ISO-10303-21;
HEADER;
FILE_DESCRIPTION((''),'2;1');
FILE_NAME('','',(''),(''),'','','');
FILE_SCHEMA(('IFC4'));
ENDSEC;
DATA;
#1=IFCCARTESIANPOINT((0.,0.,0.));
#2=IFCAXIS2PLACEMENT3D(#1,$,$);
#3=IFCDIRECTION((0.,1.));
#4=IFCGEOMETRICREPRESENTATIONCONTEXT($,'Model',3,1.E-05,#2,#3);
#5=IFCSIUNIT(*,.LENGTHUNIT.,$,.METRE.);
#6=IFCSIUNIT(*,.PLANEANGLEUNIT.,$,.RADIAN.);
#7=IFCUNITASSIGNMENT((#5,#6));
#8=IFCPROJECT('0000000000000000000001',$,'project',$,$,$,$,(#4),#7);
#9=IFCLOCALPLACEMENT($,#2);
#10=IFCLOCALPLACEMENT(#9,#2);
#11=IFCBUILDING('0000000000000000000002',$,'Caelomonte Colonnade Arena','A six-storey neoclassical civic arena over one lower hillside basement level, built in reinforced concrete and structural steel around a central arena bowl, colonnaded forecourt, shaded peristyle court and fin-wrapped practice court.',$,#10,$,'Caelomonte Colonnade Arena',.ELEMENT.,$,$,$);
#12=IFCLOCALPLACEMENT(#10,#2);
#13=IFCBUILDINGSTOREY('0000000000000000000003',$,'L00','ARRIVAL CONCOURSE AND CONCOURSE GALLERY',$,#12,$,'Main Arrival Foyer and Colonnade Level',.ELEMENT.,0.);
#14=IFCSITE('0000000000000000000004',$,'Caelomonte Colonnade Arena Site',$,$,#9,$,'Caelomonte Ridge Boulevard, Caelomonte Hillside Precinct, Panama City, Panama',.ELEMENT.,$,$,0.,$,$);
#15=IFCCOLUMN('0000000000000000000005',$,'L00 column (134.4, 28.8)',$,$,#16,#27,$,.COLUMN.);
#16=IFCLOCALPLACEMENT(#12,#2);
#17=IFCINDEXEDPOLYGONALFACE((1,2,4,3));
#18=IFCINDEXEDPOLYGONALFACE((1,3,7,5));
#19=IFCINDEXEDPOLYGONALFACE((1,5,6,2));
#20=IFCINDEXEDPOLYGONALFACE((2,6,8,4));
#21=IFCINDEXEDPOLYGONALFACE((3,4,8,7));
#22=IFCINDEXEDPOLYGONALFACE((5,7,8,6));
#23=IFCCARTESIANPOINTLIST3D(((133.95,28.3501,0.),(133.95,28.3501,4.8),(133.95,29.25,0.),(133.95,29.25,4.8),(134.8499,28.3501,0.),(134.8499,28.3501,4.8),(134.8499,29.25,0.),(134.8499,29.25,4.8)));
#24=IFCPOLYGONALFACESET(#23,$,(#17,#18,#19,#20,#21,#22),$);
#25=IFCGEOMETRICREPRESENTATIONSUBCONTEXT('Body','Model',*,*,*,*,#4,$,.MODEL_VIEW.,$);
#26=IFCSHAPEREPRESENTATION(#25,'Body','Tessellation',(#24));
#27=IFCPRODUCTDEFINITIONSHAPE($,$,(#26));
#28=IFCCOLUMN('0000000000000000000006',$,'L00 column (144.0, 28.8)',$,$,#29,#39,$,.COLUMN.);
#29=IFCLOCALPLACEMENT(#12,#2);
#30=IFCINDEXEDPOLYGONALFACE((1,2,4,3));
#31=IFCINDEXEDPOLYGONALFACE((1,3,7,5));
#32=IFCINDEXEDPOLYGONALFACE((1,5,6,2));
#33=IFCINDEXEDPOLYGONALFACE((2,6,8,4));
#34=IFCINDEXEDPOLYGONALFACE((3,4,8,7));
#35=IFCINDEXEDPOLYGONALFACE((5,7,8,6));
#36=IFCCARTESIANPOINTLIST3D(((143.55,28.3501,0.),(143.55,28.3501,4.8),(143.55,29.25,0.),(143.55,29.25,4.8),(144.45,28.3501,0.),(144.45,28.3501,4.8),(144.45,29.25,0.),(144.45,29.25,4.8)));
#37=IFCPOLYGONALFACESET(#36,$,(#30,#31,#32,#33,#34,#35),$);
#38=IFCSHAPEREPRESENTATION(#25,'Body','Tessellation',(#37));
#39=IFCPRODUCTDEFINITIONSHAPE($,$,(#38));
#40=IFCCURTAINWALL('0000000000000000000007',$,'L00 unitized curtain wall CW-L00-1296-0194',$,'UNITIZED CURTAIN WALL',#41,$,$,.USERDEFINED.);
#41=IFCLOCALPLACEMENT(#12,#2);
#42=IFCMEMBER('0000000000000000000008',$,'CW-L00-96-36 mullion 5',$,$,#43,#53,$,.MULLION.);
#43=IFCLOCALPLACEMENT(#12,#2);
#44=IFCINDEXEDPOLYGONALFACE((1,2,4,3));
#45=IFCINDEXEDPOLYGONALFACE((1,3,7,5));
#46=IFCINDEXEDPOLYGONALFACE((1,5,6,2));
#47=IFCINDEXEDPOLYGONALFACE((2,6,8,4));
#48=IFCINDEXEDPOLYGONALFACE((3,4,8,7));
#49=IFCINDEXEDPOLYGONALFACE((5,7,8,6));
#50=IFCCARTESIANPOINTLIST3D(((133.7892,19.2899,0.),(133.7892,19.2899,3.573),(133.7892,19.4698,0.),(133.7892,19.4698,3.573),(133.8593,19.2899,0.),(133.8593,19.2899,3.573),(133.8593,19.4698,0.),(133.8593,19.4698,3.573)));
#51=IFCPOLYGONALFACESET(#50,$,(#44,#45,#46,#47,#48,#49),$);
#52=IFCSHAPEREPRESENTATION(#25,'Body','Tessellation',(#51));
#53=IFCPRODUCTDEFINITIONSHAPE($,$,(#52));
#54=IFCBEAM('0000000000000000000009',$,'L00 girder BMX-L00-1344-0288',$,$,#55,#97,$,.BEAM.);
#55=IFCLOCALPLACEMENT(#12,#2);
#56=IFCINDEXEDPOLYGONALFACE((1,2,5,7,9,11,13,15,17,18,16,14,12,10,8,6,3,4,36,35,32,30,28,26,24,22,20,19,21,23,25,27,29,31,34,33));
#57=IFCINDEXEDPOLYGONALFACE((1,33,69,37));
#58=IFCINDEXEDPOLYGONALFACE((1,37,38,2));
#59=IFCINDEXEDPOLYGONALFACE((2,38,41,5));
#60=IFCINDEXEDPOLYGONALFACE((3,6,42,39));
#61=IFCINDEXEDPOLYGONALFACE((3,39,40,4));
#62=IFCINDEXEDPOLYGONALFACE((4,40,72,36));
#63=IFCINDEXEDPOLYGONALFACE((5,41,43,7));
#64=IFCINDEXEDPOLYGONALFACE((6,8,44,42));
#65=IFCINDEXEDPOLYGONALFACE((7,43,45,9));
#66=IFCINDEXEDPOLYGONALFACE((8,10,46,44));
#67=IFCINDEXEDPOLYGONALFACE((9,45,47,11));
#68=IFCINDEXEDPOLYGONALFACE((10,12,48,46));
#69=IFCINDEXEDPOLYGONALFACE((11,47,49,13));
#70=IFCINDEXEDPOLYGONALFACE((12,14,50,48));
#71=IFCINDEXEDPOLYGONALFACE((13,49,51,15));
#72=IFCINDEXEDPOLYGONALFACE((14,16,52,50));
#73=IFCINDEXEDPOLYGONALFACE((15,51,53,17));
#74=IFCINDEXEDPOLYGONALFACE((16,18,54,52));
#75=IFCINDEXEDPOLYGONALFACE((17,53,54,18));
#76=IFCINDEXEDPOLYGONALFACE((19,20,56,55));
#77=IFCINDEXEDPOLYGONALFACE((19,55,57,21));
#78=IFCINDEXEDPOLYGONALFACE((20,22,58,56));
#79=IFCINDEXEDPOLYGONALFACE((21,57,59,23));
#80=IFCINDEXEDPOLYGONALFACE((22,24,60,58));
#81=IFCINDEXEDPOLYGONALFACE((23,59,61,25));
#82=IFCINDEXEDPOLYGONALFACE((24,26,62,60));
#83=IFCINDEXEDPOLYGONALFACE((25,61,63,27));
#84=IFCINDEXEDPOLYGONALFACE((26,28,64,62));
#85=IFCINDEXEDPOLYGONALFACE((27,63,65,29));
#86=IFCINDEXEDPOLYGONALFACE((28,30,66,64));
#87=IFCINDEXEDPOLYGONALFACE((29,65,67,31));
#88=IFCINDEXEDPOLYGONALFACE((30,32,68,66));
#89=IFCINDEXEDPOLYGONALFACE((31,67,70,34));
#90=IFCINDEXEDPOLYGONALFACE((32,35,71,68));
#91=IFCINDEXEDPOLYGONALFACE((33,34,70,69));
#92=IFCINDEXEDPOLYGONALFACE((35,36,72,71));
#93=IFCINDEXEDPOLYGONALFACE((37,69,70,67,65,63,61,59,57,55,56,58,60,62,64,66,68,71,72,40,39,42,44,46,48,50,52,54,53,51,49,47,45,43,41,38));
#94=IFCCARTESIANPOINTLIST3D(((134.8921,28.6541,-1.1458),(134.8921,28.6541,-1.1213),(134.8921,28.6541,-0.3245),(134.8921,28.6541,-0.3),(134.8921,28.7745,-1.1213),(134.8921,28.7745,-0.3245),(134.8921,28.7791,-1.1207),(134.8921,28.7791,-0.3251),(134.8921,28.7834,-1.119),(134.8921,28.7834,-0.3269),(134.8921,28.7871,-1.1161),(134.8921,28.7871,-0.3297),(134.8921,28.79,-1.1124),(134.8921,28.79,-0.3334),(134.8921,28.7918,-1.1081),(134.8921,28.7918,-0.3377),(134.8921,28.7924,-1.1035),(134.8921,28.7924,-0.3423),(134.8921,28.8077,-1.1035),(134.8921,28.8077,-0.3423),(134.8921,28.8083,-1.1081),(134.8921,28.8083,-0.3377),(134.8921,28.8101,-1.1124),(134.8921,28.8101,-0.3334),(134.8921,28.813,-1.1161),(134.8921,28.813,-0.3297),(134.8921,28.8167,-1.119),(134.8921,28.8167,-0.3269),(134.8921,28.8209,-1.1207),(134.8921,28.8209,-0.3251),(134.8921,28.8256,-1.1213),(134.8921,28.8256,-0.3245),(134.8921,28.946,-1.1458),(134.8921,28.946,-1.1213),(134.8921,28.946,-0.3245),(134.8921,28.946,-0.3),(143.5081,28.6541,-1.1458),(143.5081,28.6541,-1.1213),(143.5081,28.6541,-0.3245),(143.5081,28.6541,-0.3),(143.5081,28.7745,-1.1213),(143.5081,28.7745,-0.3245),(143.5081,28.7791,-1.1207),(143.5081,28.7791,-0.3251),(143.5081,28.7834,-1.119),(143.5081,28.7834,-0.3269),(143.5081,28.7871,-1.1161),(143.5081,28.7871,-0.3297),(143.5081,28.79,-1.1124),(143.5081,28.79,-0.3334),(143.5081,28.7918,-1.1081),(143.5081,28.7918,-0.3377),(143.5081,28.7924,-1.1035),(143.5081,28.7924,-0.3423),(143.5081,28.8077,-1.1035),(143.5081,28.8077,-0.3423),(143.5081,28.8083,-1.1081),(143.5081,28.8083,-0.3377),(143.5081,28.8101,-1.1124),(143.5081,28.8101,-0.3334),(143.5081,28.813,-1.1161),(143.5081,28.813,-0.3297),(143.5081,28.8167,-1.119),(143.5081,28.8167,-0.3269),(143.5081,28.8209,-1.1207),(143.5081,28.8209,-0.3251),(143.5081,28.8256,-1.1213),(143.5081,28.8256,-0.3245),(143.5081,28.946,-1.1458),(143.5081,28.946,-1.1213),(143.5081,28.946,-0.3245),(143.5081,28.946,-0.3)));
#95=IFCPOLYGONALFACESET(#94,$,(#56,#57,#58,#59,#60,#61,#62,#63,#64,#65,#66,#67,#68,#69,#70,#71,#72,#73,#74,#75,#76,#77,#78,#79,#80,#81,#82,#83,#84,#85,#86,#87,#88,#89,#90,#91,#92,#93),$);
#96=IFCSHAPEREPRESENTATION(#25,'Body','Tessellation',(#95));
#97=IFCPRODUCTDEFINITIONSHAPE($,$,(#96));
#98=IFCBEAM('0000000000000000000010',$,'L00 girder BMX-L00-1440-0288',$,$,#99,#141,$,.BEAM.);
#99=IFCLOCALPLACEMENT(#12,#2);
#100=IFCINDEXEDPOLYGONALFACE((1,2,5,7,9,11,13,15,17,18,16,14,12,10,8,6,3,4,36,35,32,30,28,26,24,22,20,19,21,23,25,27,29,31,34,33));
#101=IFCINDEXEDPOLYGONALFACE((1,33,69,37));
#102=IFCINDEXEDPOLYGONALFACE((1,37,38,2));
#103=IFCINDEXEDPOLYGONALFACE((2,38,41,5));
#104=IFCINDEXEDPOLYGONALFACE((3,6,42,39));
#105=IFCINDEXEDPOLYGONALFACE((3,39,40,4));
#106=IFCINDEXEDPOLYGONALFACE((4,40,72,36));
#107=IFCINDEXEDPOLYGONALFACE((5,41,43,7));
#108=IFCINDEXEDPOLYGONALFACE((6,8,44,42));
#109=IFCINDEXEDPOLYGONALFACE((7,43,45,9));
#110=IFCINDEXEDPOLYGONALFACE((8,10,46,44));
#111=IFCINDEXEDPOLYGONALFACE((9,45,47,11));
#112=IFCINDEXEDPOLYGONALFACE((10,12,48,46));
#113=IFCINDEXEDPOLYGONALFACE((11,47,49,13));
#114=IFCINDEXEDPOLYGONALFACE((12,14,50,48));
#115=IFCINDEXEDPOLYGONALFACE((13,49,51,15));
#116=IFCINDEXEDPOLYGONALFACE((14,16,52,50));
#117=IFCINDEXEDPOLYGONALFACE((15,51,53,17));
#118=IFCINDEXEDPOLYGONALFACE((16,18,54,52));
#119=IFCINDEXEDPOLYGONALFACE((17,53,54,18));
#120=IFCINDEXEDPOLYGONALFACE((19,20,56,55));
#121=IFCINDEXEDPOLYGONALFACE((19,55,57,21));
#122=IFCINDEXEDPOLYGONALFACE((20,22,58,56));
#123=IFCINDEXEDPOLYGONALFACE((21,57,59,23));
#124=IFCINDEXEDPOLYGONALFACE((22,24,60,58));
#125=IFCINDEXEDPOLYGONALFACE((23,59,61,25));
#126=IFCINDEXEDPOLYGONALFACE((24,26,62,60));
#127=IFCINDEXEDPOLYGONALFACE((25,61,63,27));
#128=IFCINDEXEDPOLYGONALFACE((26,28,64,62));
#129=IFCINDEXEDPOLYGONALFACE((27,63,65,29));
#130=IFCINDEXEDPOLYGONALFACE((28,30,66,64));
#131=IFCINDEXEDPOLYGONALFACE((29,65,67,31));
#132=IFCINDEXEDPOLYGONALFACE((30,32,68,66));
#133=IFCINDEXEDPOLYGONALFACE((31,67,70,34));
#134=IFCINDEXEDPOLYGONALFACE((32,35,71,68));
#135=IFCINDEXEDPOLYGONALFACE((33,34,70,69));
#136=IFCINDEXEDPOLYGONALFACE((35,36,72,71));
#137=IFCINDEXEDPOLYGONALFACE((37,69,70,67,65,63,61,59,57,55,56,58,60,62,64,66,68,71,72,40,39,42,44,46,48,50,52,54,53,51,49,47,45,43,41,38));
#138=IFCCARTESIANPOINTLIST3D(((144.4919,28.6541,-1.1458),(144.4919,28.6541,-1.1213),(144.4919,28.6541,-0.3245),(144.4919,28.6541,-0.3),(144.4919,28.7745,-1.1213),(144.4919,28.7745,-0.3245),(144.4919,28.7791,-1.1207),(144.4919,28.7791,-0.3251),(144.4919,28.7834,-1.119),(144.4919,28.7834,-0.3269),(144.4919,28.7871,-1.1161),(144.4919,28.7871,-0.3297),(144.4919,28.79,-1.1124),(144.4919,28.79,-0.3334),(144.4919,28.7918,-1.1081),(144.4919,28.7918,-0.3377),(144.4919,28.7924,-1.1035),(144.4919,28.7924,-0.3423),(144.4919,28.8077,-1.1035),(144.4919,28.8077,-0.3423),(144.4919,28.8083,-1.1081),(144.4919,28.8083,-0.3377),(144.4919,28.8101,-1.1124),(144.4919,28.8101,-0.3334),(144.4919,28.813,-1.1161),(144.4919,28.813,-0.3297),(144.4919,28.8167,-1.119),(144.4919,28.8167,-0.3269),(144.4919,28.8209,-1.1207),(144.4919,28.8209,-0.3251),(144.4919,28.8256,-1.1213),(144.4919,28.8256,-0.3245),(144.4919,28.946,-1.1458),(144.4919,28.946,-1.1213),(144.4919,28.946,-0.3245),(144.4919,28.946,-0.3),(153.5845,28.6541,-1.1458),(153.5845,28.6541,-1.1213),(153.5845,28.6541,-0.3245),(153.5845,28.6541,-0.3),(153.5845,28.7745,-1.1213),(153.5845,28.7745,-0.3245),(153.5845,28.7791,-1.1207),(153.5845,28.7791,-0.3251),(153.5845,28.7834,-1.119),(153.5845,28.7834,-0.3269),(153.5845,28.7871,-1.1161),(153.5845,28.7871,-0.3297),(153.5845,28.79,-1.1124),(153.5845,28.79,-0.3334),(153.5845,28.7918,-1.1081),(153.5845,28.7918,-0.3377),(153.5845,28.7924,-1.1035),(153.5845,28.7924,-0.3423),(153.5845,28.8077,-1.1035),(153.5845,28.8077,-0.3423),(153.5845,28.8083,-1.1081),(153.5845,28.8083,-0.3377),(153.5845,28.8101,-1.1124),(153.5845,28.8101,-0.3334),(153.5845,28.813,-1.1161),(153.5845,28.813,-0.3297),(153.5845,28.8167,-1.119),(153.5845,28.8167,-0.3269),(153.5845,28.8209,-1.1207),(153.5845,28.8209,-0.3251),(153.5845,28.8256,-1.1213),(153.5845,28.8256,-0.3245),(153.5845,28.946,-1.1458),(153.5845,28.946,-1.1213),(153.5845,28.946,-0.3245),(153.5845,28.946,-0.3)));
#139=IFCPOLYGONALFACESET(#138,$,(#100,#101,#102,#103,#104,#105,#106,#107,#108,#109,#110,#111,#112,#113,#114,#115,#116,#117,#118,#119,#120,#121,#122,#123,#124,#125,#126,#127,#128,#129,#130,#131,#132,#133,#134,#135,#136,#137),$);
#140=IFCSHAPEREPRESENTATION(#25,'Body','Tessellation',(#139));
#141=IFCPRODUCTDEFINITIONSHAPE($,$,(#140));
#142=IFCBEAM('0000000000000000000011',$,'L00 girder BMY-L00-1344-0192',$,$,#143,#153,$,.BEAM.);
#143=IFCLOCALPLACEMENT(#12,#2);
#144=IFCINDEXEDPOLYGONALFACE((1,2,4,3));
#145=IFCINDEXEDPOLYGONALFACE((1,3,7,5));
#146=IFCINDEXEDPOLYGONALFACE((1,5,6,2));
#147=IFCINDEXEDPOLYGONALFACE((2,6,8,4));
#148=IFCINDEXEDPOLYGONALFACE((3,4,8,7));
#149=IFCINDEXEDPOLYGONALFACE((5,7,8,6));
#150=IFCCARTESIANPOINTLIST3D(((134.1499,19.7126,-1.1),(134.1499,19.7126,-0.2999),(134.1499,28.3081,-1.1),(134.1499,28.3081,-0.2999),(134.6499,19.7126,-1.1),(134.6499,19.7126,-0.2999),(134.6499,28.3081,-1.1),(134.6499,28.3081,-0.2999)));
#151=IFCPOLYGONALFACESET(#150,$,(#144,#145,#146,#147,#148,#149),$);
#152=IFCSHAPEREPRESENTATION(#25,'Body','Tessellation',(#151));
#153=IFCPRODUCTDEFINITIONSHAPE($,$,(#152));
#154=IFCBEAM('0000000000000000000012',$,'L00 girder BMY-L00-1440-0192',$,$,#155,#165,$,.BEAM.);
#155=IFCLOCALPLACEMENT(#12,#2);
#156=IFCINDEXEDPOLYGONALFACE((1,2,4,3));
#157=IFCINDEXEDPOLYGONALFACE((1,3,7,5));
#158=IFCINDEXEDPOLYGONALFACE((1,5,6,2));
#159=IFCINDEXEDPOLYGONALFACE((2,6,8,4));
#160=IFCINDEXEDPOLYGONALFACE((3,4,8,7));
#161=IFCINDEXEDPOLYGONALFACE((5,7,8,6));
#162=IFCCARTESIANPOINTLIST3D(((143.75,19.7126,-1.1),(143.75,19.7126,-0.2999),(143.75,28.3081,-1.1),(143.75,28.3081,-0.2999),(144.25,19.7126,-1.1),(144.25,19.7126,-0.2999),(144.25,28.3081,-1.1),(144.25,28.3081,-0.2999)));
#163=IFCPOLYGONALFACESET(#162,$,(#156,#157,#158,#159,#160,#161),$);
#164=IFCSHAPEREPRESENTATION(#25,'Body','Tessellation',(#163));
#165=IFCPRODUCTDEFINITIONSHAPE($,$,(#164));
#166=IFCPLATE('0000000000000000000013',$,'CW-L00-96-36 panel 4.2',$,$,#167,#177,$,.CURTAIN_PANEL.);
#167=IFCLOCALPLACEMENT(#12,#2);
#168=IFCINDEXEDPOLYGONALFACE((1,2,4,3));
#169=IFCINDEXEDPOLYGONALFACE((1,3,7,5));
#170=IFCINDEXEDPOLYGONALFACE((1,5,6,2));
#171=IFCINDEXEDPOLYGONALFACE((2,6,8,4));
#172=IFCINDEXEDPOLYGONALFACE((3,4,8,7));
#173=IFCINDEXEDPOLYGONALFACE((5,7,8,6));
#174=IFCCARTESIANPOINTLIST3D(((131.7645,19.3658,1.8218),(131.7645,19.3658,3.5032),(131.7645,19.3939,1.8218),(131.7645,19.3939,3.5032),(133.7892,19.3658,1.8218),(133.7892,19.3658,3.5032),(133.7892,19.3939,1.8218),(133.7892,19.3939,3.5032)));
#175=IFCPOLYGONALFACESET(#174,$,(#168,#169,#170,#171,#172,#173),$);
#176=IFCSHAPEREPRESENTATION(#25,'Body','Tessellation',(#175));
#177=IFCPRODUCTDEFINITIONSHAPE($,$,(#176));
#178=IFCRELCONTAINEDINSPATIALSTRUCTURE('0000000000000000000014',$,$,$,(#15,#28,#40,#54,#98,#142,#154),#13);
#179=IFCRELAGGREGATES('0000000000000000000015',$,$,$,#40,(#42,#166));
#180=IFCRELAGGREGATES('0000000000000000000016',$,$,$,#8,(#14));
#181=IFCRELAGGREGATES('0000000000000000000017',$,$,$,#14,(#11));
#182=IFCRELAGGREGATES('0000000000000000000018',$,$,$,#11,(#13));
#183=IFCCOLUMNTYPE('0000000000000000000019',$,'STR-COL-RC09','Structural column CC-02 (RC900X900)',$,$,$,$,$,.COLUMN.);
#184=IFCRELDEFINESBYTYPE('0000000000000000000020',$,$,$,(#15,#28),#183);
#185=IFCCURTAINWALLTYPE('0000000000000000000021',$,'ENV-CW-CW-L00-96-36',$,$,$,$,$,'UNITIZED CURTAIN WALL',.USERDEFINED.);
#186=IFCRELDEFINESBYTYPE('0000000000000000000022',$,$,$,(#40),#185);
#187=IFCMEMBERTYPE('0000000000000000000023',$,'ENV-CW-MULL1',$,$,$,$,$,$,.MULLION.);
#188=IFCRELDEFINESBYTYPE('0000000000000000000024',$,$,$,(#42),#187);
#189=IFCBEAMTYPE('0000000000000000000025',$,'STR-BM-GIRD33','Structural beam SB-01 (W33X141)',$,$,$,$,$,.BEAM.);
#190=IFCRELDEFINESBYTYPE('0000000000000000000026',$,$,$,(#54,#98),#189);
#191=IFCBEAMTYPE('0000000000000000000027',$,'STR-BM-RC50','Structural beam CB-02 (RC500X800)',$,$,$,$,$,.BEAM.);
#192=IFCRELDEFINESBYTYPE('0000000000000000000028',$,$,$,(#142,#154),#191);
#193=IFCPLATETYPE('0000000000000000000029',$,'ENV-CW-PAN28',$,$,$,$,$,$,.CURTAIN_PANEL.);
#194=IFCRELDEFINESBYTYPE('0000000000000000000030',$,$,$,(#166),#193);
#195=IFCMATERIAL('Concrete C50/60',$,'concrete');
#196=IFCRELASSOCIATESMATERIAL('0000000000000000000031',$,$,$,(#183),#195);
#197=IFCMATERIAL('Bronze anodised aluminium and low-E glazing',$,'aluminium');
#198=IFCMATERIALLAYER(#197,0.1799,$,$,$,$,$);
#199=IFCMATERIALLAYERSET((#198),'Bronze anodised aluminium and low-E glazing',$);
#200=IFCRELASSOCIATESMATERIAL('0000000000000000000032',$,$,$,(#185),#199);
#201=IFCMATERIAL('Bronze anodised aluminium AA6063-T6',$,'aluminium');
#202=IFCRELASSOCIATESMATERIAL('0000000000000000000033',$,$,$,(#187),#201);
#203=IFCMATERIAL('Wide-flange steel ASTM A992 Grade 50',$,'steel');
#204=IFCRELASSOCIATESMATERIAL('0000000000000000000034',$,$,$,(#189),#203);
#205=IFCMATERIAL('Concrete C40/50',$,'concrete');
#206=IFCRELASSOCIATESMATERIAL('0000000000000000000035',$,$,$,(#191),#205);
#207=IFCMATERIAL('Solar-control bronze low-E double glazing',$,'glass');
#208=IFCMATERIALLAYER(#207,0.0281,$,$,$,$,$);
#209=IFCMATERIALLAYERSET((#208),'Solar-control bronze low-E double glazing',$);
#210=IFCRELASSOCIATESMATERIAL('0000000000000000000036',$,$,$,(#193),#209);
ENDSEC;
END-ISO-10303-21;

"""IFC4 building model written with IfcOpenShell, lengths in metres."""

from ifc_helpers import new_model, si_unit, direction, frame, origin, origin_2d, place, context, subcontext, project, spatial, rectangle, i_section, extrude, material, layer, layer_set, material_profile, profile_set, type_object, element, aggregate, save


model = new_model("IFC4")

# Units and contexts
model_context = context("Model", 3, precision=1e-05, world=origin(), true_north=direction((0.0, 1.0)))
body_context = subcontext(model_context, "Body", "Model", "MODEL_VIEW")
ifc_project = project(units=[si_unit("LENGTHUNIT", "METRE"), si_unit("PLANEANGLEUNIT", "RADIAN")], contexts=[model_context])

# Site, building, storey
site_placement = place(None, origin())
site = spatial("IfcSite", under=ifc_project, at=site_placement, Name="Caelomonte Colonnade Arena Site", LongName="Caelomonte Ridge Boulevard, Caelomonte Hillside Precinct, Panama City, Panama", CompositionType="ELEMENT", RefElevation=0.0)
building_placement = place(site_placement, origin())
building = spatial("IfcBuilding", under=site, at=building_placement, Name="Caelomonte Colonnade Arena", Description="A six-storey neoclassical civic arena over one lower hillside basement level, built in reinforced concrete and structural steel around a central arena bowl, colonnaded forecourt, shaded peristyle court and fin-wrapped practice court.", LongName="Caelomonte Colonnade Arena", CompositionType="ELEMENT")
storey_placement = place(building_placement, origin())
storey = spatial("IfcBuildingStorey", under=building, at=storey_placement, Name="L00", Description="ARRIVAL CONCOURSE AND CONCOURSE GALLERY", LongName="Main Arrival Foyer and Colonnade Level", CompositionType="ELEMENT", Elevation=0.0)

# Columns
ifc_material_1 = material(Name="Concrete C50/60", Category="concrete")
ifc_material_profile_1 = material_profile(ifc_material_1, rectangle(XDim=0.8999, YDim=0.8999, at=origin_2d()), Name="RC900X900")
ifc_profile_set_1 = profile_set([ifc_material_profile_1], Name="Concrete C50/60")
column_type = type_object("IfcColumnType", Name="STR-COL-RC09", Description="Structural column CC-02 (RC900X900)", PredefinedType="COLUMN", material=ifc_profile_set_1)
for number, where, z_axis, x_axis, name in (
    (1, (134.3999, 28.8, 0.0), (0.0, 0.0, 1.0), (1.0, 0.0, 0.0), "L00 column (134.4, 28.8)"),
    (2, (144.0, 28.8, 0.0), (0.0, 0.0, 1.0), (1.0, 0.0, 0.0), "L00 column (144.0, 28.8)"),
):
    element("IfcColumn", number, at=place(storey_placement, frame(where, z_axis=z_axis, x_axis=x_axis)), inside=storey, type_object=column_type, Name=name, PredefinedType="COLUMN", context=body_context, shape_type="SweptSolid", body=[
        extrude(rectangle(XDim=0.8999, YDim=0.8999, at=origin_2d()), origin(), (0.0, 0.0, 1.0), 4.8),
    ])

# Curtain wall, member
ifc_material_2 = material(Name="Bronze anodised aluminium and low-E glazing", Category="aluminium")
ifc_layer_1 = layer(ifc_material_2, 0.1799)
ifc_layer_set_1 = layer_set([ifc_layer_1], Name="Bronze anodised aluminium and low-E glazing")
curtain_wall_type = type_object("IfcCurtainWallType", Name="ENV-CW-CW-L00-96-36", ElementType="UNITIZED CURTAIN WALL", PredefinedType="USERDEFINED", material=ifc_layer_set_1)
curtain_wall_placement = place(storey_placement, origin())
curtain_wall = element("IfcCurtainWall", 3, at=curtain_wall_placement, inside=storey, type_object=curtain_wall_type, Name="L00 unitized curtain wall CW-L00-1296-0194", ObjectType="UNITIZED CURTAIN WALL", PredefinedType="USERDEFINED")
ifc_material_3 = material(Name="Bronze anodised aluminium AA6063-T6", Category="aluminium")
ifc_material_profile_2 = material_profile(ifc_material_3, rectangle(XDim=0.0701, YDim=0.1799, at=origin_2d()), Name="CWM-70X180")
ifc_profile_set_2 = profile_set([ifc_material_profile_2], Name="Bronze anodised aluminium AA6063-T6")
member_type = type_object("IfcMemberType", Name="ENV-CW-MULL1", PredefinedType="MULLION", material=ifc_profile_set_2)
member_placement = place(storey_placement, frame((133.8242, 19.3799, 0.0), z_axis=(0.0, 0.0, 1.0), x_axis=(1.0, 0.0, 0.0)))
member = element("IfcMember", 4, at=member_placement, type_object=member_type, Name="CW-L00-96-36 mullion 5", PredefinedType="MULLION", context=body_context, shape_type="SweptSolid", body=[
    extrude(rectangle(XDim=0.0701, YDim=0.1799, at=origin_2d()), origin(), (0.0, 0.0, 1.0), 3.573),
])

# Beams
ifc_material_4 = material(Name="Wide-flange steel ASTM A992 Grade 50", Category="steel")
ifc_material_profile_3 = material_profile(ifc_material_4, i_section(OverallWidth=0.292, OverallDepth=0.8457, WebThickness=0.0154, FlangeThickness=0.0244, FilletRadius=0.0178, at=origin_2d()), Name="W33X141")
ifc_profile_set_3 = profile_set([ifc_material_profile_3], Name="Wide-flange steel ASTM A992 Grade 50")
beam_type_1 = type_object("IfcBeamType", Name="STR-BM-GIRD33", Description="Structural beam SB-01 (W33X141)", PredefinedType="BEAM", material=ifc_profile_set_3)
beam_1_placement = place(storey_placement, frame((134.8921, 28.8, -0.7229), z_axis=(1.0, 0.0, 0.0), x_axis=(0.0, 1.0, 0.0)))
element("IfcBeam", 5, at=beam_1_placement, inside=storey, type_object=beam_type_1, Name="L00 girder BMX-L00-1344-0288", PredefinedType="BEAM", context=body_context, shape_type="SweptSolid", body=[
    extrude(i_section(OverallWidth=0.292, OverallDepth=0.8457, WebThickness=0.0154, FlangeThickness=0.0244, FilletRadius=0.0178, at=origin_2d()), origin(), (0.0, 0.0, 1.0), 8.616),
])
beam_2_placement = place(storey_placement, frame((144.4919, 28.8, -0.7229), z_axis=(1.0, 0.0, 0.0), x_axis=(0.0, 1.0, 0.0)))
element("IfcBeam", 6, at=beam_2_placement, inside=storey, type_object=beam_type_1, Name="L00 girder BMX-L00-1440-0288", PredefinedType="BEAM", context=body_context, shape_type="SweptSolid", body=[
    extrude(i_section(OverallWidth=0.292, OverallDepth=0.8457, WebThickness=0.0154, FlangeThickness=0.0244, FilletRadius=0.0178, at=origin_2d()), origin(), (0.0, 0.0, 1.0), 9.0925),
])
ifc_material_5 = material(Name="Concrete C40/50", Category="concrete")
ifc_material_profile_4 = material_profile(ifc_material_5, rectangle(XDim=0.5, YDim=0.8, at=origin_2d()), Name="RC500X800")
ifc_profile_set_4 = profile_set([ifc_material_profile_4], Name="Concrete C40/50")
beam_type_2 = type_object("IfcBeamType", Name="STR-BM-RC50", Description="Structural beam CB-02 (RC500X800)", PredefinedType="BEAM", material=ifc_profile_set_4)
for number, where, z_axis, x_axis, name in (
    (7, (134.3999, 19.7126, -0.7), (0.0, 1.0, 0.0), (-1.0, 0.0, 0.0), "L00 girder BMY-L00-1344-0192"),
    (8, (144.0, 19.7126, -0.7), (0.0, 1.0, 0.0), (-1.0, 0.0, 0.0), "L00 girder BMY-L00-1440-0192"),
):
    element("IfcBeam", number, at=place(storey_placement, frame(where, z_axis=z_axis, x_axis=x_axis)), inside=storey, type_object=beam_type_2, Name=name, PredefinedType="BEAM", context=body_context, shape_type="SweptSolid", body=[
        extrude(rectangle(XDim=0.5, YDim=0.8, at=origin_2d()), origin(), (0.0, 0.0, 1.0), 8.5955),
    ])

# Plate
ifc_material_6 = material(Name="Solar-control bronze low-E double glazing", Category="glass")
ifc_layer_2 = layer(ifc_material_6, 0.0281)
ifc_layer_set_2 = layer_set([ifc_layer_2], Name="Solar-control bronze low-E double glazing")
plate_type = type_object("IfcPlateType", Name="ENV-CW-PAN28", PredefinedType="CURTAIN_PANEL", material=ifc_layer_set_2)
plate_placement = place(storey_placement, frame((132.7769, 19.3799, 1.8218), z_axis=(0.0, 0.0, 1.0), x_axis=(1.0, 0.0, 0.0)))
plate = element("IfcPlate", 9, at=plate_placement, type_object=plate_type, Name="CW-L00-96-36 panel 4.2", PredefinedType="CURTAIN_PANEL", context=body_context, shape_type="SweptSolid", body=[
    extrude(rectangle(XDim=2.0247, YDim=0.0281, at=origin_2d()), origin(), (0.0, 0.0, 1.0), 1.6814),
])
aggregate(curtain_wall, [member, plate])

save(model, "model.ifc")
